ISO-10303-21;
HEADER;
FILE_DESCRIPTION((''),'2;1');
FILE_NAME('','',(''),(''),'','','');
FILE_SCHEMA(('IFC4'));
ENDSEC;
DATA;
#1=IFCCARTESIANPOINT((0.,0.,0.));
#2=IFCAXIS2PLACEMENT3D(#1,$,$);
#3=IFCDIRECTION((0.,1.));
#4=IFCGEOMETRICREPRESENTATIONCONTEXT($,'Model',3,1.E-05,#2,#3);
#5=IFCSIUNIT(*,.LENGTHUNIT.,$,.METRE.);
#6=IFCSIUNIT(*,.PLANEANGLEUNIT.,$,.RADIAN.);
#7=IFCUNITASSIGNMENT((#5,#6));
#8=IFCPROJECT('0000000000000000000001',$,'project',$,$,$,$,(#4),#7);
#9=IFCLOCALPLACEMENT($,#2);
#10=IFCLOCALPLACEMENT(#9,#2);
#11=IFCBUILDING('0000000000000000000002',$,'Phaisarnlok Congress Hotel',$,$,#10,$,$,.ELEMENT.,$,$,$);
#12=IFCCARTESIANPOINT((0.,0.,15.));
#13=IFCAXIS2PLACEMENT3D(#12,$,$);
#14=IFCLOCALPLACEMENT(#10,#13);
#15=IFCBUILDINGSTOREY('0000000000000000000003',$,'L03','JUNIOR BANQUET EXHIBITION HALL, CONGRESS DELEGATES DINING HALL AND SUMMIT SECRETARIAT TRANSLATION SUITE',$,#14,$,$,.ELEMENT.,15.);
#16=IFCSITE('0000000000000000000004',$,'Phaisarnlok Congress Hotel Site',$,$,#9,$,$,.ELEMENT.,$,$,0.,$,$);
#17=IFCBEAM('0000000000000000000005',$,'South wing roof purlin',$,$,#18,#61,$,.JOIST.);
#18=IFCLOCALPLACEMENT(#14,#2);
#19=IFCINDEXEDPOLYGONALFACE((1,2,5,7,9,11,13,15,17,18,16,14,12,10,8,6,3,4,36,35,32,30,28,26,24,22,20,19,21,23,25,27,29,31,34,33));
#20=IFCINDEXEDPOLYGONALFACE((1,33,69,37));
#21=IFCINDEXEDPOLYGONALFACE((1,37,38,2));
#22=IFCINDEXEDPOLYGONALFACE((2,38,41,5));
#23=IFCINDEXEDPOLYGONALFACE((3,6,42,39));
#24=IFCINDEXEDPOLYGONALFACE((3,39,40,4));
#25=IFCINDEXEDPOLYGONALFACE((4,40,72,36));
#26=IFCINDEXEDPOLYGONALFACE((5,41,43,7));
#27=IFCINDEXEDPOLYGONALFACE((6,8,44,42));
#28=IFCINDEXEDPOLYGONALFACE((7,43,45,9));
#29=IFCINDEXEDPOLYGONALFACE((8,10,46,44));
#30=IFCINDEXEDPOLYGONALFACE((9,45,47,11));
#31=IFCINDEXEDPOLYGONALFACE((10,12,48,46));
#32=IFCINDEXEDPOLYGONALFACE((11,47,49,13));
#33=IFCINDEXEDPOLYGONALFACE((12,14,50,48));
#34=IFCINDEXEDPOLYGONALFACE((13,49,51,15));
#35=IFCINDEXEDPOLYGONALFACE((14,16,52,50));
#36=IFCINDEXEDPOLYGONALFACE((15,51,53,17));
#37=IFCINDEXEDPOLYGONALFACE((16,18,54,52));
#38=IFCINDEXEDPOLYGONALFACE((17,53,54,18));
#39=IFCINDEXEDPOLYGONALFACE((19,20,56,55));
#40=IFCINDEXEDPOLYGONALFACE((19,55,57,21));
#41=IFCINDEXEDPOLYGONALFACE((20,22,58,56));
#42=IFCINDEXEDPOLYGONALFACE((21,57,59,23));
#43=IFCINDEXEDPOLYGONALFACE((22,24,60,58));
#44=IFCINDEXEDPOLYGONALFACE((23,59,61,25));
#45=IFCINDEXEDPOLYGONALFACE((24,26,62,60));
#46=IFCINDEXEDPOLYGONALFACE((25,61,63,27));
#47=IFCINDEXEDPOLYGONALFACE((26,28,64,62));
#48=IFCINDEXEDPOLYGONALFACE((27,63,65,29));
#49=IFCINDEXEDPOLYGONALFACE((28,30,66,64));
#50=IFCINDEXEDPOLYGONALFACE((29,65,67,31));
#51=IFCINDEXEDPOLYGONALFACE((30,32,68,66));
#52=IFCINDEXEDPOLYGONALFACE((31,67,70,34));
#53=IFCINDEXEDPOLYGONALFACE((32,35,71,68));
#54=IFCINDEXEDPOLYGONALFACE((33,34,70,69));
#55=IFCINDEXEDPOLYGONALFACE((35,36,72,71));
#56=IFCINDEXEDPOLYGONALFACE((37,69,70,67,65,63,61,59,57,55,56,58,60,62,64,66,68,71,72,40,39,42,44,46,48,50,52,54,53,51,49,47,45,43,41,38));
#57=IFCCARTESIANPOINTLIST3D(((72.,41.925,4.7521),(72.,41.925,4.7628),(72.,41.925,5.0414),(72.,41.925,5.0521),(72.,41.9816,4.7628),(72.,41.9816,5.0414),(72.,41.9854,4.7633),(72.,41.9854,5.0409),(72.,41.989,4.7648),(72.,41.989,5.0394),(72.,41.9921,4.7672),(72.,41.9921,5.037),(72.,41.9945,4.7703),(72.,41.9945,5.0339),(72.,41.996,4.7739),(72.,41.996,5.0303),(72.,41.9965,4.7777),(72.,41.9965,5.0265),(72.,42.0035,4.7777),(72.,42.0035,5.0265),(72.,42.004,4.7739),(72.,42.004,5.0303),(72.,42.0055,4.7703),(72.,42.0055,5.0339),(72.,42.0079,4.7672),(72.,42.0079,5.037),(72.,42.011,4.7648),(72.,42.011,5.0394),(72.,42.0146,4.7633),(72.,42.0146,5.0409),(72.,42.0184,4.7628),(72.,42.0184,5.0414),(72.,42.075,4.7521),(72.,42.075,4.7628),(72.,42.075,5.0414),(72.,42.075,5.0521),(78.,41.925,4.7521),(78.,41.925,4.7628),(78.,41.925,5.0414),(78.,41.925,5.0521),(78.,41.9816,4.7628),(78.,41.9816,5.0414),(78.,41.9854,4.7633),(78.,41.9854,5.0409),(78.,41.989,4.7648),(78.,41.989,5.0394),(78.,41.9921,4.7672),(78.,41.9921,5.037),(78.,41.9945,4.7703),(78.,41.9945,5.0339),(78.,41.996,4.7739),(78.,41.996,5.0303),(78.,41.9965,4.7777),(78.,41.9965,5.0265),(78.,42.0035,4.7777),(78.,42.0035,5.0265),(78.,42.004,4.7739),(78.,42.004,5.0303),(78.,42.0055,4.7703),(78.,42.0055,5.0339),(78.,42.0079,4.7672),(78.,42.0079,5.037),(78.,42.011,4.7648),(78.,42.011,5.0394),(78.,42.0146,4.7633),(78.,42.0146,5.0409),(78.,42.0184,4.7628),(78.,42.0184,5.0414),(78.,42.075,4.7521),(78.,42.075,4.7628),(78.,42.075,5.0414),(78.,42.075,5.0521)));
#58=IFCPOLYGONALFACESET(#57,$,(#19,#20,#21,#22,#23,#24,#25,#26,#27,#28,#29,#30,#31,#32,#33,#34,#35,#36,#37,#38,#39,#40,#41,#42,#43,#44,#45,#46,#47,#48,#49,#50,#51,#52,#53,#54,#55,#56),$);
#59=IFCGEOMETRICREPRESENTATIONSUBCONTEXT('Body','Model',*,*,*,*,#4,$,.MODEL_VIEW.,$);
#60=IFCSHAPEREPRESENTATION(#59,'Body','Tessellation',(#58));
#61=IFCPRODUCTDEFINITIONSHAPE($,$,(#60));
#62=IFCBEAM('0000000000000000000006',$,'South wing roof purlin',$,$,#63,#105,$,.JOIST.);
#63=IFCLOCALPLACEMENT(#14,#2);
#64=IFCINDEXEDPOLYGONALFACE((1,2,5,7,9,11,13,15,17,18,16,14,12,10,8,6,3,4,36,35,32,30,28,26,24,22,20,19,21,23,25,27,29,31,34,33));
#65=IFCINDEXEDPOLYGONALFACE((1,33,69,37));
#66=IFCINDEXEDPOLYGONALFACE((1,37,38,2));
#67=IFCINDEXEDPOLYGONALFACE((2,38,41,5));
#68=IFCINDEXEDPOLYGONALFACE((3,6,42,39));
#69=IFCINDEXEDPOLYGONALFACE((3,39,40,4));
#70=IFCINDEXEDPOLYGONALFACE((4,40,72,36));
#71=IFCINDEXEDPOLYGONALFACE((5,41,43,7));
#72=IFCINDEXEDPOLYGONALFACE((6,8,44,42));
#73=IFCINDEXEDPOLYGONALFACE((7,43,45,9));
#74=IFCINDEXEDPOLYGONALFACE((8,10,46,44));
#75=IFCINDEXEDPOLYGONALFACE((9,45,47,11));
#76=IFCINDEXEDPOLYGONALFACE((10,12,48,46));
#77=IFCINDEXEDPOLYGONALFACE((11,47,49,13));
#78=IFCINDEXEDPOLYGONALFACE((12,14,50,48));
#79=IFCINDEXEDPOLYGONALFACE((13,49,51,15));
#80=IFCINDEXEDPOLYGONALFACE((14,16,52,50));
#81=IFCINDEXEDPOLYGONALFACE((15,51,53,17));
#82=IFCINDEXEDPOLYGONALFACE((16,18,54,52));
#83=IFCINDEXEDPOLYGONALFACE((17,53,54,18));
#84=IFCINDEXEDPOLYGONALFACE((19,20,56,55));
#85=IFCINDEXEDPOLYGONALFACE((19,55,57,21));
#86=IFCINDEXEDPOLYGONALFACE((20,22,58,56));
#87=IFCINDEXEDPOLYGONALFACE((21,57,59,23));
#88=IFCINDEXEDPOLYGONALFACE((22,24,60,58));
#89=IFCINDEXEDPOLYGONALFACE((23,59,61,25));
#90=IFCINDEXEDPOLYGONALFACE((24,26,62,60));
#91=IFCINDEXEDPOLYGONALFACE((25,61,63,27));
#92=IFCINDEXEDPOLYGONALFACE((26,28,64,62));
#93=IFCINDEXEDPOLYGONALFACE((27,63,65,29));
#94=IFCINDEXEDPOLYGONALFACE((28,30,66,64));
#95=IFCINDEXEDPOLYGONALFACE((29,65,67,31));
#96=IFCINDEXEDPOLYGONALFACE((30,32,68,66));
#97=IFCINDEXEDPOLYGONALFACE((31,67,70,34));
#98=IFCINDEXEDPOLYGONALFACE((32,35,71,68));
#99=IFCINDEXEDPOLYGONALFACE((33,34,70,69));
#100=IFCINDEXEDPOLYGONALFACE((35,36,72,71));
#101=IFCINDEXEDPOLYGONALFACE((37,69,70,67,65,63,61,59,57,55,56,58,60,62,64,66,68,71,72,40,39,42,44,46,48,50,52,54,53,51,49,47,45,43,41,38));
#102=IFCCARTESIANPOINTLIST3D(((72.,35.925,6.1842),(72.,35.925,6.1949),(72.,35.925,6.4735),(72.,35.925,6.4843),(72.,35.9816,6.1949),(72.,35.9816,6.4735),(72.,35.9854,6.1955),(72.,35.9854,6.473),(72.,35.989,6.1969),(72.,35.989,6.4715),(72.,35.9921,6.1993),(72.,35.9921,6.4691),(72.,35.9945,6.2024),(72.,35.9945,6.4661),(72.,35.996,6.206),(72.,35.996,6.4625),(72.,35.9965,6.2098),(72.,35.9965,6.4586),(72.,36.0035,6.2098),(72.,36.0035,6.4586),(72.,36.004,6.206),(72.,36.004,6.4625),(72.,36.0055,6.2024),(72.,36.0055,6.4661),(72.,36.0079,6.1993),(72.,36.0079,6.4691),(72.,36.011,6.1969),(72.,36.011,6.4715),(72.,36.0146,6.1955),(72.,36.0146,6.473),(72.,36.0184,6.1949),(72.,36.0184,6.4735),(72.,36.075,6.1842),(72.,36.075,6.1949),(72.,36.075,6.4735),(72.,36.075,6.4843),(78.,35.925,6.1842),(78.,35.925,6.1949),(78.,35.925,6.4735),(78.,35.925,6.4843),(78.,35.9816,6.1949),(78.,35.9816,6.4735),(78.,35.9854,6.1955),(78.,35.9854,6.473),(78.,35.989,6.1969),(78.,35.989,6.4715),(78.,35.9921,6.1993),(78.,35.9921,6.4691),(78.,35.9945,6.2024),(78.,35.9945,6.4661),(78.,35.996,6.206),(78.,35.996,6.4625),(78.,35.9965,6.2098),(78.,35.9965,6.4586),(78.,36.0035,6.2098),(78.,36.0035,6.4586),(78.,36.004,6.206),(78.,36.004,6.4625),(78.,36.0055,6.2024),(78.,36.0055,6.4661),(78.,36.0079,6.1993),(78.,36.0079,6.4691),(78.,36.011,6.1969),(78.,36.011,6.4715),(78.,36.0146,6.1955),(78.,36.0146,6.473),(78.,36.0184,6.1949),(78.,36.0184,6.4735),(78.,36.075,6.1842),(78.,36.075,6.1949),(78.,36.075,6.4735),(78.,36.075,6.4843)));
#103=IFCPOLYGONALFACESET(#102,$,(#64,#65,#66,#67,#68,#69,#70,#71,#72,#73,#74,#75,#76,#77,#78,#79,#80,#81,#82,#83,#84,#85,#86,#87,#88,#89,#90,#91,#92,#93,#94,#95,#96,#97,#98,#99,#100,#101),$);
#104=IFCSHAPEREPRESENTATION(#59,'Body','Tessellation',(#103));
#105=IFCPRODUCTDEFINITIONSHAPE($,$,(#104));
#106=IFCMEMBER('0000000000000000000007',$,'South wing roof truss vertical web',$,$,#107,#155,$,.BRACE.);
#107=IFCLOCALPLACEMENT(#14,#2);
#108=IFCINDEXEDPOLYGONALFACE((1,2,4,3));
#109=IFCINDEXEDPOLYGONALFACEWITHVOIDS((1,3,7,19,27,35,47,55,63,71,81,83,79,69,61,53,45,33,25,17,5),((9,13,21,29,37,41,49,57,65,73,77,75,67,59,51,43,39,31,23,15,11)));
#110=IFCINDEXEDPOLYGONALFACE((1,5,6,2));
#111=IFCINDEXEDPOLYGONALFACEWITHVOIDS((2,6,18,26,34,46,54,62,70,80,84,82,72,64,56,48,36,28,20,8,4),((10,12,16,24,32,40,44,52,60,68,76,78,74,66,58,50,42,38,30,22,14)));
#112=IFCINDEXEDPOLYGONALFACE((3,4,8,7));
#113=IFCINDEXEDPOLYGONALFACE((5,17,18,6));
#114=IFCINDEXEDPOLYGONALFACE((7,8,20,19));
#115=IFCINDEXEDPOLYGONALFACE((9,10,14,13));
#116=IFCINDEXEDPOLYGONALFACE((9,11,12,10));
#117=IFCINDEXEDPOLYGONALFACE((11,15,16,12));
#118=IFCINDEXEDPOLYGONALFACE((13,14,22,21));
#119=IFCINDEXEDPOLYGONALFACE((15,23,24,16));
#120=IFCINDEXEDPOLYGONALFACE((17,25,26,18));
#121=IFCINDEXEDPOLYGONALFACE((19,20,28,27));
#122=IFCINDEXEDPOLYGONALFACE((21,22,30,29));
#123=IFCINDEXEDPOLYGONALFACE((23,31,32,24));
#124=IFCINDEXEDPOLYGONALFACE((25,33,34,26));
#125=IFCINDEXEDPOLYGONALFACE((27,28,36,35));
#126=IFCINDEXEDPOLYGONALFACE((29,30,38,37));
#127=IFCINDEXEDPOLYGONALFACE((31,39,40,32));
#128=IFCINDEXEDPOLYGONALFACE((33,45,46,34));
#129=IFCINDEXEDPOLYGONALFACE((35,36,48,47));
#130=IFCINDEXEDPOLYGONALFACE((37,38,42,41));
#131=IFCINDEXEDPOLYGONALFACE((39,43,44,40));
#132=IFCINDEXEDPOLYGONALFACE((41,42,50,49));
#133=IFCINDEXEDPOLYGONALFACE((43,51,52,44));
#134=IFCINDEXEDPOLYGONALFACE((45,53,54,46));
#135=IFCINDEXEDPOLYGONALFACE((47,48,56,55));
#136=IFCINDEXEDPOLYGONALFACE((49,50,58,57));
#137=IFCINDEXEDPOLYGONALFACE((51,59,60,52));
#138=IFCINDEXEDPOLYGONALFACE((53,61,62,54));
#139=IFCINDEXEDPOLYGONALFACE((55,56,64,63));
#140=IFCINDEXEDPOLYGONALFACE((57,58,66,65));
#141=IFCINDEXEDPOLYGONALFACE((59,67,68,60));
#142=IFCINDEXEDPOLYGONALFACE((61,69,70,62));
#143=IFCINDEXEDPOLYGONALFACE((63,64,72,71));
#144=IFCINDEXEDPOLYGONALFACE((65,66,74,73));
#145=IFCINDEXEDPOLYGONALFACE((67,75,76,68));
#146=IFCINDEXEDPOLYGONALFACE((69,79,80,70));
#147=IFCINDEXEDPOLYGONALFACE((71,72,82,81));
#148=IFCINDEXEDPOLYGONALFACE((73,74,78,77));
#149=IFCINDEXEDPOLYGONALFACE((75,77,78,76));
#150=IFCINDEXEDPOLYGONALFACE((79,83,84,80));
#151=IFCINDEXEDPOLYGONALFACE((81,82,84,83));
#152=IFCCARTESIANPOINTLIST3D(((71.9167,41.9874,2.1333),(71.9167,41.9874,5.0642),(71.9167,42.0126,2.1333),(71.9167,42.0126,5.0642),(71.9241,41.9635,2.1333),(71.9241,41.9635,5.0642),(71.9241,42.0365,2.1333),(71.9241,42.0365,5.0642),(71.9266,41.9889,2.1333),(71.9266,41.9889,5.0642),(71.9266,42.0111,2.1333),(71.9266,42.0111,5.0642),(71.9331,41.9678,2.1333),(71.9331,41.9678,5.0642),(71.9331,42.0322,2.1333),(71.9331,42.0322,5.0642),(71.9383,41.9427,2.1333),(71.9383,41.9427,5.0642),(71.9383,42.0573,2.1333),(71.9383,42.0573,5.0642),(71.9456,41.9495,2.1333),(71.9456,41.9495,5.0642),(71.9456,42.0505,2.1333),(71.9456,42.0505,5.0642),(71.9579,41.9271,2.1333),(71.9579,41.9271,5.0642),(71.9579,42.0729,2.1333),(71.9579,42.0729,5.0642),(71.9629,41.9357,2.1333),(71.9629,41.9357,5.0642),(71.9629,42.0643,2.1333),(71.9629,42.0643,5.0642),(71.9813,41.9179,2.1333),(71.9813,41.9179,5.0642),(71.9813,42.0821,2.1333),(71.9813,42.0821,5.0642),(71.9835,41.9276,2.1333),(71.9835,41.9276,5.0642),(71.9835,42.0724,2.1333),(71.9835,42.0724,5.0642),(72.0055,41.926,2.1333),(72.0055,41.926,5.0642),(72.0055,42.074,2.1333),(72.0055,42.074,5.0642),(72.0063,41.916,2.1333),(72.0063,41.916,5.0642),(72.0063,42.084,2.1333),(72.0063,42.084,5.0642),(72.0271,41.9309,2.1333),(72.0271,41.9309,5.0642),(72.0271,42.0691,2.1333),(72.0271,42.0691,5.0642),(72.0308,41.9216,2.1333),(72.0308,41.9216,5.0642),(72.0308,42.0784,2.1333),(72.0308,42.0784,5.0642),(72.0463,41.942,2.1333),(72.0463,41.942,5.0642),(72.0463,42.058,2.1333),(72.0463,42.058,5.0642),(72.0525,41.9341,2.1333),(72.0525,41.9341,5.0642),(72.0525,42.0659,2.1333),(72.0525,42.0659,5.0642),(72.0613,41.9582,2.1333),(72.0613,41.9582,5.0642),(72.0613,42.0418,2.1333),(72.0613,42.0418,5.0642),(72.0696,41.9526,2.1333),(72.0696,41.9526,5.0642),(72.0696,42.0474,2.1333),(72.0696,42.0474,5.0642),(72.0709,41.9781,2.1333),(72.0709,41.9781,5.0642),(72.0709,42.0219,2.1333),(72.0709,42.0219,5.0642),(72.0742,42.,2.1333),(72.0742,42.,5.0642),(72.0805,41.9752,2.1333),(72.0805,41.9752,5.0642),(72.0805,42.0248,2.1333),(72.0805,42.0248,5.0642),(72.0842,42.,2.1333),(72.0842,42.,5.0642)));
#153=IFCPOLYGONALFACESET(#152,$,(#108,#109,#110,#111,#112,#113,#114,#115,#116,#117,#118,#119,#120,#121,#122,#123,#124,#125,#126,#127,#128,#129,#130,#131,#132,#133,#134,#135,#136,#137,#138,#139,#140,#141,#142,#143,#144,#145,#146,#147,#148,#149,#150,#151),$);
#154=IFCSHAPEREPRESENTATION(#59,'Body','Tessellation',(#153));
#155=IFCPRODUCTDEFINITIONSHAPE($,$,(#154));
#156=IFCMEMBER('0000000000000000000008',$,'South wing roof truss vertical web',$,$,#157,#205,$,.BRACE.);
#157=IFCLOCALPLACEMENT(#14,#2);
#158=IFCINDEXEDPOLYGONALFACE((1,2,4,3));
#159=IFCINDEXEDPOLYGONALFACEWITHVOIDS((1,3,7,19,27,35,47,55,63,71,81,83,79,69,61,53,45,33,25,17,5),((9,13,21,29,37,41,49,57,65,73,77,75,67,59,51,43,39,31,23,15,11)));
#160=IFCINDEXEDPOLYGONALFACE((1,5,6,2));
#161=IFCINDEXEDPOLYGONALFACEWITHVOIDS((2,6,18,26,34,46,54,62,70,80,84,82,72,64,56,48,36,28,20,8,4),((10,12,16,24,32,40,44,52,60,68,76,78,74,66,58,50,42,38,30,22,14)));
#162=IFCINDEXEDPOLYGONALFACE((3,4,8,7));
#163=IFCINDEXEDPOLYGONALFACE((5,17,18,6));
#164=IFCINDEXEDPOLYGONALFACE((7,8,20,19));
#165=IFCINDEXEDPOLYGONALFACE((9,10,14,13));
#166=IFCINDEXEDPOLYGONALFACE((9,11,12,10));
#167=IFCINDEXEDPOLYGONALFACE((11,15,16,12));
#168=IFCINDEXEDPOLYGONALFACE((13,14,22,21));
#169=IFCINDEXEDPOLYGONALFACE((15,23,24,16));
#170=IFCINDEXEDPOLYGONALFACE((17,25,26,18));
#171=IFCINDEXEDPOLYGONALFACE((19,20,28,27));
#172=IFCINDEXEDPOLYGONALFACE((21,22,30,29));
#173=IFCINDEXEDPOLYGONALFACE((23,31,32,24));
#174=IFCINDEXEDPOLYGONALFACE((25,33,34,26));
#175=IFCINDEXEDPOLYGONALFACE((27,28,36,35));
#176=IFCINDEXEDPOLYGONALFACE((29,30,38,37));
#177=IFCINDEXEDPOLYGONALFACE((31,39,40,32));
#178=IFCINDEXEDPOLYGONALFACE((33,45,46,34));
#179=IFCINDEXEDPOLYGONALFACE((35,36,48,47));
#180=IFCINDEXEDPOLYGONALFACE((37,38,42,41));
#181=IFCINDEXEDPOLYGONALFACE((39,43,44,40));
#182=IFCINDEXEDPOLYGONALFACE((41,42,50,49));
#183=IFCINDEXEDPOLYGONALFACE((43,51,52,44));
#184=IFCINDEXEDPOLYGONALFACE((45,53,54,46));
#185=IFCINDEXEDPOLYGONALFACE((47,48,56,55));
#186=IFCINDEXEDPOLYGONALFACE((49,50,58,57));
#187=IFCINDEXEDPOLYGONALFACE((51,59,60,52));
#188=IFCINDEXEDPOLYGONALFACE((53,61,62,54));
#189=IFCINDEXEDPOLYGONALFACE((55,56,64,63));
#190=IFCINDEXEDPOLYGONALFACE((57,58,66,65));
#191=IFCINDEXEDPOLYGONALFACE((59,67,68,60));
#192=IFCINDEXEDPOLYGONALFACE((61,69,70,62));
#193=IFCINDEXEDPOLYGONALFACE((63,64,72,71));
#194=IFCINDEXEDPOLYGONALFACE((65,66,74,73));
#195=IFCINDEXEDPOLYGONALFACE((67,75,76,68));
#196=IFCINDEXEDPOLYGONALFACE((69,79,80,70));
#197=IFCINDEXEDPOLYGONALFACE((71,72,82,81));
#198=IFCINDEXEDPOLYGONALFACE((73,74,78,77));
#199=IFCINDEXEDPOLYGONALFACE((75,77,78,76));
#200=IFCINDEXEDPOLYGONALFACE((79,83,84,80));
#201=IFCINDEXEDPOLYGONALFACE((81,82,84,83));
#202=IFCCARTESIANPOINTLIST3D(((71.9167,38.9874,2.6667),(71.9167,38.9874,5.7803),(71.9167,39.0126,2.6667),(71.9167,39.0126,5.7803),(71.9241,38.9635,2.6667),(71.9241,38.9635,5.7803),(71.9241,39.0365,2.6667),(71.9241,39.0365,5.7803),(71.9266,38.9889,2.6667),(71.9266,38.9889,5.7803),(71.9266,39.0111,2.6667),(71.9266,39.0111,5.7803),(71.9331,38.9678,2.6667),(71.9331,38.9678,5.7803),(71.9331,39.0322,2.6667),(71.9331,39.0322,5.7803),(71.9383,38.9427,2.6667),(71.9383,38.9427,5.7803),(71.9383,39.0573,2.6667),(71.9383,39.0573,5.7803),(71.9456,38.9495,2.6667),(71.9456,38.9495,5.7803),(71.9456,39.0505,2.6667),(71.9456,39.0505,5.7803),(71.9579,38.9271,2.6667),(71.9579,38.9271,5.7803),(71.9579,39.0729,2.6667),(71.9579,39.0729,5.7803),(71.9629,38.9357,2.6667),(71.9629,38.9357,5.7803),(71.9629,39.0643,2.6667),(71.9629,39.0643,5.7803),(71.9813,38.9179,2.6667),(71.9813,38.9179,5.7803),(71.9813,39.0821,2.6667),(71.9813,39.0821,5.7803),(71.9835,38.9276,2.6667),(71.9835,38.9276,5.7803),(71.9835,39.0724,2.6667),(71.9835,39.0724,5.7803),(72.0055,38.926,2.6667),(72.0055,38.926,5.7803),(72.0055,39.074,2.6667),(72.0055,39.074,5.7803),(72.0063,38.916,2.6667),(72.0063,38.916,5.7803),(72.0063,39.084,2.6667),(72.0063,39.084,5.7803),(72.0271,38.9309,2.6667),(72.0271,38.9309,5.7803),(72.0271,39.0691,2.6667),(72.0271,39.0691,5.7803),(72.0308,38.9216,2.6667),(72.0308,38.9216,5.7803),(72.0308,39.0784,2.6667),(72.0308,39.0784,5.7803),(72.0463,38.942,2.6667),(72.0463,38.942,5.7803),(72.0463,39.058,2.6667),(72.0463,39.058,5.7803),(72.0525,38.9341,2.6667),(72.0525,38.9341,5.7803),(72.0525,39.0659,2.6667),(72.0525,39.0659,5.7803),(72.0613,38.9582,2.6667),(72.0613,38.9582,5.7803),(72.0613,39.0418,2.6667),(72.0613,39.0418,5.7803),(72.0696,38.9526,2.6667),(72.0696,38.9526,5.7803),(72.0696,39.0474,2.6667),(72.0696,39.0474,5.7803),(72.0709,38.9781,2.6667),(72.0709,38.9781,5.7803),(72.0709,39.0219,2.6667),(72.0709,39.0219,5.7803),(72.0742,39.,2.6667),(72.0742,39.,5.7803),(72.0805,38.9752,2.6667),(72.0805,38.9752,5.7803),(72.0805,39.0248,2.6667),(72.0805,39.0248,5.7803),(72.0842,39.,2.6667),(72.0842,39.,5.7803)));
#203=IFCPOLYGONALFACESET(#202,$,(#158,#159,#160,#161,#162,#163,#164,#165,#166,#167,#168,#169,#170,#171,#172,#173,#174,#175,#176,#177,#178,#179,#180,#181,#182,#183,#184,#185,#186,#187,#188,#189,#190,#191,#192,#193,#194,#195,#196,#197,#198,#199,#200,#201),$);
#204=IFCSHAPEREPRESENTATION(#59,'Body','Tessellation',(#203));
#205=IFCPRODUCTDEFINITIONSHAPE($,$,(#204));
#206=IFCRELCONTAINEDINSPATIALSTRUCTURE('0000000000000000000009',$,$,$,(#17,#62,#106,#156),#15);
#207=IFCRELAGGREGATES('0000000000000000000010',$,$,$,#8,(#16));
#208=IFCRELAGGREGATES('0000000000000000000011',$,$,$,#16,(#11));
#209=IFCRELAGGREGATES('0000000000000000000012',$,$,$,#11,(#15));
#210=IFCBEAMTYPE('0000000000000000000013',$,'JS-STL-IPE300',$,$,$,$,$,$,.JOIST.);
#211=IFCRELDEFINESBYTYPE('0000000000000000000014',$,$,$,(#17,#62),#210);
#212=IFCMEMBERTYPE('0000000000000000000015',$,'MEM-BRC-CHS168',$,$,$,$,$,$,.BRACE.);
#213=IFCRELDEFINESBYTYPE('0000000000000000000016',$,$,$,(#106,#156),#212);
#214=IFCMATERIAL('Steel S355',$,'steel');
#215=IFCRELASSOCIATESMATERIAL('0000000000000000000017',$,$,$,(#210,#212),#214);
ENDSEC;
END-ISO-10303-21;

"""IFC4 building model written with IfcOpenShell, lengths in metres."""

from ifc_helpers import new_model, si_unit, direction, frame, origin, origin_2d, place, context, subcontext, project, spatial, hollow_circle, i_section, extrude, material, material_profile, profile_set, type_object, element, save


model = new_model("IFC4")

# Units and contexts
model_context = context("Model", 3, precision=1e-05, world=origin(), true_north=direction((0.0, 1.0)))
body_context = subcontext(model_context, "Body", "Model", "MODEL_VIEW")
ifc_project = project(units=[si_unit("LENGTHUNIT", "METRE"), si_unit("PLANEANGLEUNIT", "RADIAN")], contexts=[model_context])

# Site, building, storey
site_placement = place(None, origin())
site = spatial("IfcSite", under=ifc_project, at=site_placement, Name="Phaisarnlok Congress Hotel Site", CompositionType="ELEMENT", RefElevation=0.0)
building_placement = place(site_placement, origin())
building = spatial("IfcBuilding", under=site, at=building_placement, Name="Phaisarnlok Congress Hotel", CompositionType="ELEMENT")
storey_placement = place(building_placement, frame((0.0, 0.0, 15.0)))
storey = spatial("IfcBuildingStorey", under=building, at=storey_placement, Name="L03", Description="JUNIOR BANQUET EXHIBITION HALL, CONGRESS DELEGATES DINING HALL AND SUMMIT SECRETARIAT TRANSLATION SUITE", CompositionType="ELEMENT", Elevation=15.0)

# Shared definitions
ifc_material_1 = material(Name="Steel S355", Category="steel")

# Beams
ifc_material_profile_1 = material_profile(ifc_material_1, i_section(OverallWidth=0.1499, OverallDepth=0.3, WebThickness=0.0071, FlangeThickness=0.0107, FilletRadius=0.0149, at=origin_2d()), Name="IPE 300")
ifc_profile_set_1 = profile_set([ifc_material_profile_1], Name="Steel S355")
beam_type = type_object("IfcBeamType", Name="JS-STL-IPE300", PredefinedType="JOIST", material=ifc_profile_set_1)
for number, where, z_axis, x_axis, name in (
    (1, (72.0, 42.0, 4.9021), (1.0, 0.0, 0.0), (0.0, 1.0, 0.0), "South wing roof purlin"),
    (2, (72.0, 36.0, 6.3342), (1.0, 0.0, 0.0), (0.0, 1.0, 0.0), "South wing roof purlin"),
):
    element("IfcBeam", number, at=place(storey_placement, frame(where, z_axis=z_axis, x_axis=x_axis)), inside=storey, type_object=beam_type, Name=name, PredefinedType="JOIST", context=body_context, shape_type="SweptSolid", body=[
        extrude(i_section(OverallWidth=0.1499, OverallDepth=0.3, WebThickness=0.0071, FlangeThickness=0.0107, FilletRadius=0.0149, at=origin_2d()), origin(), (0.0, 0.0, 1.0), 6.0),
    ])

# Members
ifc_material_profile_2 = material_profile(ifc_material_1, hollow_circle(Radius=0.0842, WallThickness=0.01, at=origin_2d()), Name="CHS 168.3x10")
ifc_profile_set_2 = profile_set([ifc_material_profile_2], Name="Steel S355")
member_type_1 = type_object("IfcMemberType", Name="MEM-BRC-CHS168", PredefinedType="BRACE", material=ifc_profile_set_2)
member_1_placement = place(storey_placement, frame((72.0, 42.0, 2.1333), z_axis=(0.0, 0.0, 1.0), x_axis=(1.0, 0.0, 0.0)))
element("IfcMember", 3, at=member_1_placement, inside=storey, type_object=member_type_1, Name="South wing roof truss vertical web", PredefinedType="BRACE", context=body_context, shape_type="SweptSolid", body=[
    extrude(hollow_circle(Radius=0.0842, WallThickness=0.01, at=origin_2d()), origin(), (0.0, 0.0, 1.0), 2.9309),
])
member_2_placement = place(storey_placement, frame((72.0, 39.0, 2.6667), z_axis=(0.0, 0.0, 1.0), x_axis=(1.0, 0.0, 0.0)))
element("IfcMember", 4, at=member_2_placement, inside=storey, type_object=member_type_1, Name="South wing roof truss vertical web", PredefinedType="BRACE", context=body_context, shape_type="SweptSolid", body=[
    extrude(hollow_circle(Radius=0.0842, WallThickness=0.01, at=origin_2d()), origin(), (0.0, 0.0, 1.0), 3.1135),
])

save(model, "model.ifc")
